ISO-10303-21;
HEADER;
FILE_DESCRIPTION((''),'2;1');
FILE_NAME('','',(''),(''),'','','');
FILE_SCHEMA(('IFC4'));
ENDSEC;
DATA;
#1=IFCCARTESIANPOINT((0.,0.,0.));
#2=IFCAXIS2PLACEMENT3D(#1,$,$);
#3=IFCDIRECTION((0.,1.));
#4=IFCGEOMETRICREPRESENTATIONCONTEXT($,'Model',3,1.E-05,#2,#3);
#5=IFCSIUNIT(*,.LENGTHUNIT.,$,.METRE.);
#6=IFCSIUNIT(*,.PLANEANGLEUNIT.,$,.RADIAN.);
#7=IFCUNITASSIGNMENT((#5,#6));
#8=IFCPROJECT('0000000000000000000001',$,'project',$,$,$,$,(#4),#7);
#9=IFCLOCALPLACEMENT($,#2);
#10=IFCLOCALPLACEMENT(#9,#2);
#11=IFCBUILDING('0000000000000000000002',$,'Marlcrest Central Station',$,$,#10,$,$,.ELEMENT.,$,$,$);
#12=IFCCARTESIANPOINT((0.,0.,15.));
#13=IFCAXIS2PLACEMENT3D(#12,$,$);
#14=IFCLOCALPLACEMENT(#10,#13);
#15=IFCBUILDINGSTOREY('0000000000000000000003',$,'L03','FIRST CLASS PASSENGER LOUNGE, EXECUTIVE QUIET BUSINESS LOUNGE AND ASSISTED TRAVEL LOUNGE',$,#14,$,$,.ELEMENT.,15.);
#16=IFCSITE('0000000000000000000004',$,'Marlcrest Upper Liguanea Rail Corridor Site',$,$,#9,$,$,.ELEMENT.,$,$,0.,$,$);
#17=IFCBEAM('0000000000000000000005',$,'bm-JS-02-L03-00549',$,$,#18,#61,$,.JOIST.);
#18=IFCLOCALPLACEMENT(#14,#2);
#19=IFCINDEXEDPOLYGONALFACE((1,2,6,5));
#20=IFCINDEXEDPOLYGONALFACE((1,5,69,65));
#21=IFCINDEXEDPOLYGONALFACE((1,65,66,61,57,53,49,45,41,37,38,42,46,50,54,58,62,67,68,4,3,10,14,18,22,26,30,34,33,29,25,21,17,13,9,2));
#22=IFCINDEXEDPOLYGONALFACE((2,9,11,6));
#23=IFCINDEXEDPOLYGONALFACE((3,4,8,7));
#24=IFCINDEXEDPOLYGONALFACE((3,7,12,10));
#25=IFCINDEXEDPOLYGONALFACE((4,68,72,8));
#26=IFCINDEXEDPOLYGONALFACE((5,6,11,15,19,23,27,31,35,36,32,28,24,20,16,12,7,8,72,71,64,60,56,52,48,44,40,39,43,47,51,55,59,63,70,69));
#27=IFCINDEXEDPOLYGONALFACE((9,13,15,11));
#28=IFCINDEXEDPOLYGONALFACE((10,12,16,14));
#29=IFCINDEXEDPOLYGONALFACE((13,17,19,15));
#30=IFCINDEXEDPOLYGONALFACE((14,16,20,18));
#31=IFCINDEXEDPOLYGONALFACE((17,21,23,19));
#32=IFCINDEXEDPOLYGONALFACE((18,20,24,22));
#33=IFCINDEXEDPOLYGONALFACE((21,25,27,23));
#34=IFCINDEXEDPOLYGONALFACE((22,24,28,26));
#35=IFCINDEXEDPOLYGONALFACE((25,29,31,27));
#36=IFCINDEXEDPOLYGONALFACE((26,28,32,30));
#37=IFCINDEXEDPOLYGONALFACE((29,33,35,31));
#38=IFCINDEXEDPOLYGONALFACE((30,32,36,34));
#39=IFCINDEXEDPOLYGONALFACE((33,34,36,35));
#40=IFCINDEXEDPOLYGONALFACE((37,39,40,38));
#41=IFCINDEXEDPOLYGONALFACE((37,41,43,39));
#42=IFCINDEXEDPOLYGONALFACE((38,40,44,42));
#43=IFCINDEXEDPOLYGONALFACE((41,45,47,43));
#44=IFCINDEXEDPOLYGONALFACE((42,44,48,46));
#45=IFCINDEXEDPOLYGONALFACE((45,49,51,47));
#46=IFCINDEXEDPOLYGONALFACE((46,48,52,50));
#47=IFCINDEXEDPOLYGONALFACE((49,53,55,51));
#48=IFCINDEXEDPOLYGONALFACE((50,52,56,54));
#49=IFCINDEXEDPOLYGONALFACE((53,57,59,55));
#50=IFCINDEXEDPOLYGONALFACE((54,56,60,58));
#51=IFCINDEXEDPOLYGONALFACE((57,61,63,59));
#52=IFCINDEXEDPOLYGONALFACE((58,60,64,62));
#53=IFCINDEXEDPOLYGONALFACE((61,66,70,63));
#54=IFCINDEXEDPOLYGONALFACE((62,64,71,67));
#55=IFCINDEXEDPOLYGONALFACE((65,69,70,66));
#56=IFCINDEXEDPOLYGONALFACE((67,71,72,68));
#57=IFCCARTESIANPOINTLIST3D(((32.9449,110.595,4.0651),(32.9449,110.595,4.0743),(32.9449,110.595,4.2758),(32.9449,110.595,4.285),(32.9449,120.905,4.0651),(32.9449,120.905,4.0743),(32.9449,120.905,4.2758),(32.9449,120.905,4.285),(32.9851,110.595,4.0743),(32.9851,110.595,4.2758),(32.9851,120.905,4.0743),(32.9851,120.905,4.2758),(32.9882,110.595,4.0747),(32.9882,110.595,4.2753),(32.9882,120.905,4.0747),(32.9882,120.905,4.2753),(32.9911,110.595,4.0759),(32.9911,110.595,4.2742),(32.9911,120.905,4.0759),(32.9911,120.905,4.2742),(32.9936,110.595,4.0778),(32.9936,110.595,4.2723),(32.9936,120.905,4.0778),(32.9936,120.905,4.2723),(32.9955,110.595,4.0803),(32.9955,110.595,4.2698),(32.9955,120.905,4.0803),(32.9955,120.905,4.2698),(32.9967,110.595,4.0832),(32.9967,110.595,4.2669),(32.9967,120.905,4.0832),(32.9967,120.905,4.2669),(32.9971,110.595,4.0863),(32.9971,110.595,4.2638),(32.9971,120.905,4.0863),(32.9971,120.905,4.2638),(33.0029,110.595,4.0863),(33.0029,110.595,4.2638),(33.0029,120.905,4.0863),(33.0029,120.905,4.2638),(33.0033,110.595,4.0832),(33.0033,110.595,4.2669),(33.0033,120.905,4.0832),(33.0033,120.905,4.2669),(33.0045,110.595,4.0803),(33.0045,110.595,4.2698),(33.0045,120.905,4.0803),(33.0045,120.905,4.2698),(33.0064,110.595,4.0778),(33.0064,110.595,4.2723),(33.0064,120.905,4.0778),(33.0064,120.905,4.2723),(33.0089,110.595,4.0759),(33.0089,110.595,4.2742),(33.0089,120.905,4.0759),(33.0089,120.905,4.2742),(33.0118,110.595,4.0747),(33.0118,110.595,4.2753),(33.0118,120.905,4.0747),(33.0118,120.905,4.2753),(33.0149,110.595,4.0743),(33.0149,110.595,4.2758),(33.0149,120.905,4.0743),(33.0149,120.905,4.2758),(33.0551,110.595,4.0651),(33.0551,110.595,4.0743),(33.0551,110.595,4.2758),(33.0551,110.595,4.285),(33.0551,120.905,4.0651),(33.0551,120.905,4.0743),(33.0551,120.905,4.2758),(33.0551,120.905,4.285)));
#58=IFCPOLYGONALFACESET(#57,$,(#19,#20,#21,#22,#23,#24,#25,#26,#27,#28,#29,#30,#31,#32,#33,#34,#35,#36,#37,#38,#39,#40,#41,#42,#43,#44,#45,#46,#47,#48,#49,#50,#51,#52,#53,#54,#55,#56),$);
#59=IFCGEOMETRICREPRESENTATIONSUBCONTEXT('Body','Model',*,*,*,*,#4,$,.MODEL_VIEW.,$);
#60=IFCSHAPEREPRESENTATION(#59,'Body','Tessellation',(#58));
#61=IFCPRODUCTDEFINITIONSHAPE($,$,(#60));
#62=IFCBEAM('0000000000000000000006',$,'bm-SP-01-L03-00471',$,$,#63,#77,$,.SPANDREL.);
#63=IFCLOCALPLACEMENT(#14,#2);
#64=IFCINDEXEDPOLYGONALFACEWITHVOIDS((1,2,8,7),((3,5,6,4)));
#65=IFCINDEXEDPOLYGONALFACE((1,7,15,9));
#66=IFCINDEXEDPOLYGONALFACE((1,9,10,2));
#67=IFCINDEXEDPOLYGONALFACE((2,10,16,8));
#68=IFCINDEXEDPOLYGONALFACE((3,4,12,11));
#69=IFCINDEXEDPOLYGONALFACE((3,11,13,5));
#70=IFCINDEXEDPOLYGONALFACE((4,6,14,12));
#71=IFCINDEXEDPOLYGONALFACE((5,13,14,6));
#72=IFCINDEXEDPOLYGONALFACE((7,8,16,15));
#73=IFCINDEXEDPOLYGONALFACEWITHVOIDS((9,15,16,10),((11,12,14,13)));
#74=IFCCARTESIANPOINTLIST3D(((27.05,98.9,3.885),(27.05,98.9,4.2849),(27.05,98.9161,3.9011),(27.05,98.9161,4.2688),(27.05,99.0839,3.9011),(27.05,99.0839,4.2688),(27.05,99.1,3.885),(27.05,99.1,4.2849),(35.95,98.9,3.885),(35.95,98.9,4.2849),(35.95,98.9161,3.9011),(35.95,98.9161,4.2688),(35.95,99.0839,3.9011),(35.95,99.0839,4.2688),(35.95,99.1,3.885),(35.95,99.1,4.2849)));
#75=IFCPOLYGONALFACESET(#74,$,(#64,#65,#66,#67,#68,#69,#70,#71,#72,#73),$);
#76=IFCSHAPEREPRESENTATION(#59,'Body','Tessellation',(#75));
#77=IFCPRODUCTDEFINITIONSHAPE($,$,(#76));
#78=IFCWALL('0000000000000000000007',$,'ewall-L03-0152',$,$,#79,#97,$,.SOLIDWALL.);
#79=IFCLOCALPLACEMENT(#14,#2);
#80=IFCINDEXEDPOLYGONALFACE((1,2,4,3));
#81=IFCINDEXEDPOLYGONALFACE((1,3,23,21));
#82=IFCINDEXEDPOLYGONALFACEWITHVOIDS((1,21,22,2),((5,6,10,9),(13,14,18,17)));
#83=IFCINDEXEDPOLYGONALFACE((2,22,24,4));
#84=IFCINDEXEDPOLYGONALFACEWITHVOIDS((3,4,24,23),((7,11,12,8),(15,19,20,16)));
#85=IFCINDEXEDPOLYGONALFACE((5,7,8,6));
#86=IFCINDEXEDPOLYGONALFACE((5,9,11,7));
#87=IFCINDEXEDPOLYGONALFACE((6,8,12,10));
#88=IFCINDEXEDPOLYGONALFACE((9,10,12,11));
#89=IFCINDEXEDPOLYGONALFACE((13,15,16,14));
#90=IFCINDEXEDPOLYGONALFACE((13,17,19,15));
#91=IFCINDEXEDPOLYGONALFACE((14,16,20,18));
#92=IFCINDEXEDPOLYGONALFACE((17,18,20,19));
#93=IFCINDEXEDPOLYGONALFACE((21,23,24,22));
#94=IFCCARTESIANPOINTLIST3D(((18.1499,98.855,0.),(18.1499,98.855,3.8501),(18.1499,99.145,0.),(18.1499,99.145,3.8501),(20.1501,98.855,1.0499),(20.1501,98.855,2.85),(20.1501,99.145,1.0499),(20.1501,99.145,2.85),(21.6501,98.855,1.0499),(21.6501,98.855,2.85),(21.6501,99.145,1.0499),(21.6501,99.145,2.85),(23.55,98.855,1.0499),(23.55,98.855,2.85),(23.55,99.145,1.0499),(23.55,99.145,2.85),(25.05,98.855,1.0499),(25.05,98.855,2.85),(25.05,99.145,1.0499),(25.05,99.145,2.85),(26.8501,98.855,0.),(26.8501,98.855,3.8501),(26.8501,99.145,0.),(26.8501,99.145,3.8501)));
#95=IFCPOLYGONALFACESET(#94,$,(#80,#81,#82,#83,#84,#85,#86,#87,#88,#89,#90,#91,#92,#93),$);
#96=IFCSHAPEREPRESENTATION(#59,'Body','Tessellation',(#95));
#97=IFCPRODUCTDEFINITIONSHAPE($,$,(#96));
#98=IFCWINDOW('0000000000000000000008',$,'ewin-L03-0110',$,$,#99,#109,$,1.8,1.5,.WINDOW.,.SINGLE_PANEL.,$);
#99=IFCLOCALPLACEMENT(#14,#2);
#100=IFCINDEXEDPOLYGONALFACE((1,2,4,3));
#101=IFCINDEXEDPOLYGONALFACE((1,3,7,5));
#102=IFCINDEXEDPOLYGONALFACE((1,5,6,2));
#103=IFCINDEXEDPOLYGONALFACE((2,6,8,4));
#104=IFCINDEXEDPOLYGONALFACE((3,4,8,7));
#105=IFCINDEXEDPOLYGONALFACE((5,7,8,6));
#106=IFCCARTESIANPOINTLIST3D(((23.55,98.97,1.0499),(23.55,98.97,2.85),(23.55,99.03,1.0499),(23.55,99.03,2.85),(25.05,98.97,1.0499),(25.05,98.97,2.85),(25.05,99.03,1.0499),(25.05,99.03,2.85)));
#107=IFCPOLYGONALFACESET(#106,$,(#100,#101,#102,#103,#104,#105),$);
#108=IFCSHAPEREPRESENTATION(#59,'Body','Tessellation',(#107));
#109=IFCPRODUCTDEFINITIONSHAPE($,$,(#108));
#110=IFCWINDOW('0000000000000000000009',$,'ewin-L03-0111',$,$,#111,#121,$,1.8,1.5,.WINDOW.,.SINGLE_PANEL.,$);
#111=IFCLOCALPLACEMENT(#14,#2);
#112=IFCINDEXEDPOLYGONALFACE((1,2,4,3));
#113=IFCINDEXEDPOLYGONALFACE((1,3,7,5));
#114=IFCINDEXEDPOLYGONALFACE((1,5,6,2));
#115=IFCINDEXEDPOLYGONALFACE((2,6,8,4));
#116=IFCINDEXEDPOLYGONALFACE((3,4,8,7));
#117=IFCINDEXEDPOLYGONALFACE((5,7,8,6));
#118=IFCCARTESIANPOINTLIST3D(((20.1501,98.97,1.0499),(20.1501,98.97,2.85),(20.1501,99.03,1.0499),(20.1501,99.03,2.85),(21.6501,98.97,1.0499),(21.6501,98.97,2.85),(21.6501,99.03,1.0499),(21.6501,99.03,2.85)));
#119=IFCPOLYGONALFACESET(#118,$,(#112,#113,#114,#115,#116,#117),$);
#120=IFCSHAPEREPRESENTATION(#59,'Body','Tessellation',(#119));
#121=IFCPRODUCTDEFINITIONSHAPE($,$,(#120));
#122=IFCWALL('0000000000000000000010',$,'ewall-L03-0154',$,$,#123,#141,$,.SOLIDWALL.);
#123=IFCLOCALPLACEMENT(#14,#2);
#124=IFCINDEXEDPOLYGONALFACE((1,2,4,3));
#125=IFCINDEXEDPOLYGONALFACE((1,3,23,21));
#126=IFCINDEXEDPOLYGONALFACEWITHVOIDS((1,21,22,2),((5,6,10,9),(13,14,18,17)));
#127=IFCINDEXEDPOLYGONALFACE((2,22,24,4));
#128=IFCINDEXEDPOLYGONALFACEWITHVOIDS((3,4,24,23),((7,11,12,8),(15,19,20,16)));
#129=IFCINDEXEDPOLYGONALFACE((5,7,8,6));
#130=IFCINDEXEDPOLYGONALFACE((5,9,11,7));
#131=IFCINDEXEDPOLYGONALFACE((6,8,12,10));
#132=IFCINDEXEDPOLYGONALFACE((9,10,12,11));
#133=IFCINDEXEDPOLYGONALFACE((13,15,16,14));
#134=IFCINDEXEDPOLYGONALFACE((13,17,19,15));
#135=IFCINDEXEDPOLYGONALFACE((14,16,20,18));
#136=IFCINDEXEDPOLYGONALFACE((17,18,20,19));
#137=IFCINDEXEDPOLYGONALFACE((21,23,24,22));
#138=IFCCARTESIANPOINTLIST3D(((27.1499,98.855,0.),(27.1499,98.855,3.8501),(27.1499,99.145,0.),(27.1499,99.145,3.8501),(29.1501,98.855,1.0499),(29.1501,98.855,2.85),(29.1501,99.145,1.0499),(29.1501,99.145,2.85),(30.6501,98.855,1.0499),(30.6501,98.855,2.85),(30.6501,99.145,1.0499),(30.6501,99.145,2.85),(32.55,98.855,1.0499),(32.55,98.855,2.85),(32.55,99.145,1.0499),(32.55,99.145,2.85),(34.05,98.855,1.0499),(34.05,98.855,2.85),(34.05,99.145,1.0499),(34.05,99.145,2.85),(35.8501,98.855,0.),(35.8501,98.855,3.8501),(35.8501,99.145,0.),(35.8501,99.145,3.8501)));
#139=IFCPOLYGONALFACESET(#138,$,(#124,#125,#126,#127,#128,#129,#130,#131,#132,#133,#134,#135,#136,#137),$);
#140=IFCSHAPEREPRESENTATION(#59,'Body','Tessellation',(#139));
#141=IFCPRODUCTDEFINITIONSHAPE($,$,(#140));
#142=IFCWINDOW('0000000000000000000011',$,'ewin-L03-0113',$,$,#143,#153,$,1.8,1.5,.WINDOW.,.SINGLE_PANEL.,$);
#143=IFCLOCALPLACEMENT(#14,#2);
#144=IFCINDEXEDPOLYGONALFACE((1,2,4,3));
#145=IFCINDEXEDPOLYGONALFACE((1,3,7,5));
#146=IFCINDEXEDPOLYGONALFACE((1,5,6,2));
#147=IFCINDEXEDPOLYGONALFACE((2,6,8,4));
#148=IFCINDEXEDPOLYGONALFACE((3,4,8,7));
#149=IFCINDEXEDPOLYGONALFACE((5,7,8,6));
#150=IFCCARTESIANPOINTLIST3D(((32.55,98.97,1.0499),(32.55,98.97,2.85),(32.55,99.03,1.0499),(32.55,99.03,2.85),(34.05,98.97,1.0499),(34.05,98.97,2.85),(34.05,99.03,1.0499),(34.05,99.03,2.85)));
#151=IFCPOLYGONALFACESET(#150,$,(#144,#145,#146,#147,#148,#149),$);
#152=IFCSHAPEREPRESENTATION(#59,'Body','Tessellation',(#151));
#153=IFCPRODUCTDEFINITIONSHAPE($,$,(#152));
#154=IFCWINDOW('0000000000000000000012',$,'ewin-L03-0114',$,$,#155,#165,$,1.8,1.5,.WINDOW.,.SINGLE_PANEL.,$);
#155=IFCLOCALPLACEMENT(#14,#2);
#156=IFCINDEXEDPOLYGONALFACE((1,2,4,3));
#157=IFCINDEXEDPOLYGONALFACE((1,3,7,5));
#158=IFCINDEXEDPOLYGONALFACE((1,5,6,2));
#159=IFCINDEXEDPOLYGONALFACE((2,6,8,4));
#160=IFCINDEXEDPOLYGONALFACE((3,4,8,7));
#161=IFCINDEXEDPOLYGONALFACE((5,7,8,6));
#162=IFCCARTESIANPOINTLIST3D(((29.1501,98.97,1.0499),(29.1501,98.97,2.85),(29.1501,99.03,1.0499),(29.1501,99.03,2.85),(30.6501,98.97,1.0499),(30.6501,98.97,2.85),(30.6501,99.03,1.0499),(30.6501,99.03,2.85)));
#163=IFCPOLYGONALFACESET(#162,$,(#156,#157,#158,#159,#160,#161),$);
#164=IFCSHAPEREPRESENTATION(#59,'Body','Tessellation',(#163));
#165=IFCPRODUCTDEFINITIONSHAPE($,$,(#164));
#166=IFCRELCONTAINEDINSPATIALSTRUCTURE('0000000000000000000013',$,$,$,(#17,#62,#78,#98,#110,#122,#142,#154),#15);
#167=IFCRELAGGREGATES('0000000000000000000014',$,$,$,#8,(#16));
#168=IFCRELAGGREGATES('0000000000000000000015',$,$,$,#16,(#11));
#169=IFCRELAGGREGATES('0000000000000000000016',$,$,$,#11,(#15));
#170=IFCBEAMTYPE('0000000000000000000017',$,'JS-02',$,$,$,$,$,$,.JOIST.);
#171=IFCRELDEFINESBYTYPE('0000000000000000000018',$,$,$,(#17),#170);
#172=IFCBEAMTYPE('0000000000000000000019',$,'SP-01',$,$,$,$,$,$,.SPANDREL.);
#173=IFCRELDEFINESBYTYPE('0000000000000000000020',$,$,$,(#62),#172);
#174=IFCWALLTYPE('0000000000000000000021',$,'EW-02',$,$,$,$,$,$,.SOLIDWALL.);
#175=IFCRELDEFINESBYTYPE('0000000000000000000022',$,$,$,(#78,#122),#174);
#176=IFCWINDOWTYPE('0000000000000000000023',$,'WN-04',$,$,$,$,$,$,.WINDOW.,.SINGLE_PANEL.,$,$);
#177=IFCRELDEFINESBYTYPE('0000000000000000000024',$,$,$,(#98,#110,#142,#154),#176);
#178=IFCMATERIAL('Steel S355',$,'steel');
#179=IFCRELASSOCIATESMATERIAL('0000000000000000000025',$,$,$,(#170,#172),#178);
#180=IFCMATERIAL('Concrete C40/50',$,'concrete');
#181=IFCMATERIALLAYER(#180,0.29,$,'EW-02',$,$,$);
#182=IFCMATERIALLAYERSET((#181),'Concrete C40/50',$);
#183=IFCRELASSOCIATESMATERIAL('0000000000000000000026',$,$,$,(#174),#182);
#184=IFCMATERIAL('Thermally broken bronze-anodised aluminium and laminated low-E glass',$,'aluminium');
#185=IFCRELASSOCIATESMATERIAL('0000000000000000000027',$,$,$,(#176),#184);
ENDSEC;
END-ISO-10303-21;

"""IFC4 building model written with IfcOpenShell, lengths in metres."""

from ifc_helpers import new_model, si_unit, direction, frame, frame_2d, origin, origin_2d, place, context, subcontext, project, spatial, rectangle, hollow_rectangle, i_section, extrude, material, layer, layer_set, material_profile, profile_set, type_object, element, fill, save


model = new_model("IFC4")

# Units and contexts
model_context = context("Model", 3, precision=1e-05, world=origin(), true_north=direction((0.0, 1.0)))
body_context = subcontext(model_context, "Body", "Model", "MODEL_VIEW")
ifc_project = project(units=[si_unit("LENGTHUNIT", "METRE"), si_unit("PLANEANGLEUNIT", "RADIAN")], contexts=[model_context])

# Site, building, storey
site_placement = place(None, origin())
site = spatial("IfcSite", under=ifc_project, at=site_placement, Name="Marlcrest Upper Liguanea Rail Corridor Site", CompositionType="ELEMENT", RefElevation=0.0)
building_placement = place(site_placement, origin())
building = spatial("IfcBuilding", under=site, at=building_placement, Name="Marlcrest Central Station", CompositionType="ELEMENT")
storey_placement = place(building_placement, frame((0.0, 0.0, 15.0)))
storey = spatial("IfcBuildingStorey", under=building, at=storey_placement, Name="L03", Description="FIRST CLASS PASSENGER LOUNGE, EXECUTIVE QUIET BUSINESS LOUNGE AND ASSISTED TRAVEL LOUNGE", CompositionType="ELEMENT", Elevation=15.0)

# Shared definitions
ifc_material_1 = material(Name="Steel S355", Category="steel")

# Beams
ifc_material_profile_1 = material_profile(ifc_material_1, i_section(OverallWidth=0.1101, OverallDepth=0.22, WebThickness=0.0059, FlangeThickness=0.0093, FilletRadius=0.012, at=origin_2d()), Name="IPE 220")
ifc_profile_set_1 = profile_set([ifc_material_profile_1], Name="Steel S355")
beam_type_1 = type_object("IfcBeamType", Name="JS-02", PredefinedType="JOIST", material=ifc_profile_set_1)
beam_1_placement = place(storey_placement, frame((33.0, 110.595, 4.175), z_axis=(0.0, 1.0, 0.0), x_axis=(-1.0, 0.0, 0.0)))
element("IfcBeam", 1, at=beam_1_placement, inside=storey, type_object=beam_type_1, Name="bm-JS-02-L03-00549", PredefinedType="JOIST", context=body_context, shape_type="SweptSolid", body=[
    extrude(i_section(OverallWidth=0.1101, OverallDepth=0.22, WebThickness=0.0059, FlangeThickness=0.0093, FilletRadius=0.012, at=origin_2d()), origin(), (0.0, 0.0, 1.0), 10.3101),
])
ifc_material_profile_2 = material_profile(ifc_material_1, hollow_rectangle(XDim=0.2, YDim=0.3999, WallThickness=0.0161, at=origin_2d()), Name="RHS 400x200x16")
ifc_profile_set_2 = profile_set([ifc_material_profile_2], Name="Steel S355")
beam_type_2 = type_object("IfcBeamType", Name="SP-01", PredefinedType="SPANDREL", material=ifc_profile_set_2)
beam_2_placement = place(storey_placement, frame((27.05, 99.0, 4.085), z_axis=(1.0, 0.0, 0.0), x_axis=(0.0, 1.0, 0.0)))
element("IfcBeam", 2, at=beam_2_placement, inside=storey, type_object=beam_type_2, Name="bm-SP-01-L03-00471", PredefinedType="SPANDREL", context=body_context, shape_type="SweptSolid", body=[
    extrude(hollow_rectangle(XDim=0.2, YDim=0.3999, WallThickness=0.0161, at=origin_2d()), origin(), (0.0, 0.0, 1.0), 8.8999),
])

# Walls, openings, windows
ifc_material_2 = material(Name="Concrete C40/50", Category="concrete")
ifc_layer = layer(ifc_material_2, 0.29, Name="EW-02")
ifc_layer_set = layer_set([ifc_layer], Name="Concrete C40/50")
wall_type = type_object("IfcWallType", Name="EW-02", PredefinedType="SOLIDWALL", material=ifc_layer_set)
wall_1_placement = place(storey_placement, frame((26.8501, 99.0, 0.0), z_axis=(0.0, 0.0, 1.0), x_axis=(-1.0, 0.0, 0.0)))
wall_1 = element("IfcWall", 3, at=wall_1_placement, inside=storey, type_object=wall_type, Name="ewall-L03-0152", PredefinedType="SOLIDWALL", context=body_context, shape_type="SweptSolid", body=[
    extrude(rectangle(XDim=8.7002, YDim=0.29, at=frame_2d((4.3501, 0.0))), origin(), (0.0, 0.0, 1.0), 3.8501),
])
opening_1_placement = place(wall_1_placement, frame((1.8, 0.0, 1.05)))
opening_1 = element("IfcOpeningElement", 4, at=opening_1_placement, cuts=wall_1, PredefinedType="OPENING", context=body_context, shape_type="SweptSolid", body=[
    extrude(rectangle(XDim=1.5, YDim=1.8, at=frame_2d((0.75, 0.8999))), frame((0.0, 0.155, 0.0), z_axis=(0.0, -1.0, 0.0), x_axis=(1.0, 0.0, 0.0)), (0.0, 0.0, 1.0), 0.3101),
])
opening_2_placement = place(wall_1_placement, frame((5.2, 0.0, 1.05)))
opening_2 = element("IfcOpeningElement", 5, at=opening_2_placement, cuts=wall_1, PredefinedType="OPENING", context=body_context, shape_type="SweptSolid", body=[
    extrude(rectangle(XDim=1.5, YDim=1.8, at=frame_2d((0.75, 0.8999))), frame((0.0, 0.155, 0.0), z_axis=(0.0, -1.0, 0.0), x_axis=(1.0, 0.0, 0.0)), (0.0, 0.0, 1.0), 0.3101),
])
ifc_material_3 = material(Name="Thermally broken bronze-anodised aluminium and laminated low-E glass", Category="aluminium")
window_type = type_object("IfcWindowType", Name="WN-04", PartitioningType="SINGLE_PANEL", PredefinedType="WINDOW", material=ifc_material_3)
window_1_placement = place(opening_1_placement, origin())
window_1 = element("IfcWindow", 6, at=window_1_placement, inside=storey, type_object=window_type, Name="ewin-L03-0110", OverallHeight=1.8, OverallWidth=1.5, PartitioningType="SINGLE_PANEL", PredefinedType="WINDOW", context=body_context, shape_type="SweptSolid", body=[
    extrude(rectangle(XDim=1.5, YDim=1.8, at=frame_2d((0.75, 0.8999))), frame((0.0, 0.03, 0.0), z_axis=(0.0, -1.0, 0.0), x_axis=(1.0, 0.0, 0.0)), (0.0, 0.0, 1.0), 0.0601),
])
fill(opening_1, window_1)
window_2_placement = place(opening_2_placement, origin())
window_2 = element("IfcWindow", 7, at=window_2_placement, inside=storey, type_object=window_type, Name="ewin-L03-0111", OverallHeight=1.8, OverallWidth=1.5, PartitioningType="SINGLE_PANEL", PredefinedType="WINDOW", context=body_context, shape_type="SweptSolid", body=[
    extrude(rectangle(XDim=1.5, YDim=1.8, at=frame_2d((0.75, 0.8999))), frame((0.0, 0.03, 0.0), z_axis=(0.0, -1.0, 0.0), x_axis=(1.0, 0.0, 0.0)), (0.0, 0.0, 1.0), 0.0601),
])
fill(opening_2, window_2)
wall_2_placement = place(storey_placement, frame((35.8501, 99.0, 0.0), z_axis=(0.0, 0.0, 1.0), x_axis=(-1.0, 0.0, 0.0)))
wall_2 = element("IfcWall", 8, at=wall_2_placement, inside=storey, type_object=wall_type, Name="ewall-L03-0154", PredefinedType="SOLIDWALL", context=body_context, shape_type="SweptSolid", body=[
    extrude(rectangle(XDim=8.7002, YDim=0.29, at=frame_2d((4.3501, 0.0))), origin(), (0.0, 0.0, 1.0), 3.8501),
])
opening_3_placement = place(wall_2_placement, frame((1.8, 0.0, 1.05)))
opening_3 = element("IfcOpeningElement", 9, at=opening_3_placement, cuts=wall_2, PredefinedType="OPENING", context=body_context, shape_type="SweptSolid", body=[
    extrude(rectangle(XDim=1.5, YDim=1.8, at=frame_2d((0.75, 0.8999))), frame((0.0, 0.155, 0.0), z_axis=(0.0, -1.0, 0.0), x_axis=(1.0, 0.0, 0.0)), (0.0, 0.0, 1.0), 0.3101),
])
opening_4_placement = place(wall_2_placement, frame((5.2, 0.0, 1.05)))
opening_4 = element("IfcOpeningElement", 10, at=opening_4_placement, cuts=wall_2, PredefinedType="OPENING", context=body_context, shape_type="SweptSolid", body=[
    extrude(rectangle(XDim=1.5, YDim=1.8, at=frame_2d((0.75, 0.8999))), frame((0.0, 0.155, 0.0), z_axis=(0.0, -1.0, 0.0), x_axis=(1.0, 0.0, 0.0)), (0.0, 0.0, 1.0), 0.3101),
])
window_3_placement = place(opening_3_placement, origin())
window_3 = element("IfcWindow", 11, at=window_3_placement, inside=storey, type_object=window_type, Name="ewin-L03-0113", OverallHeight=1.8, OverallWidth=1.5, PartitioningType="SINGLE_PANEL", PredefinedType="WINDOW", context=body_context, shape_type="SweptSolid", body=[
    extrude(rectangle(XDim=1.5, YDim=1.8, at=frame_2d((0.75, 0.8999))), frame((0.0, 0.03, 0.0), z_axis=(0.0, -1.0, 0.0), x_axis=(1.0, 0.0, 0.0)), (0.0, 0.0, 1.0), 0.0601),
])
fill(opening_3, window_3)
window_4_placement = place(opening_4_placement, origin())
window_4 = element("IfcWindow", 12, at=window_4_placement, inside=storey, type_object=window_type, Name="ewin-L03-0114", OverallHeight=1.8, OverallWidth=1.5, PartitioningType="SINGLE_PANEL", PredefinedType="WINDOW", context=body_context, shape_type="SweptSolid", body=[
    extrude(rectangle(XDim=1.5, YDim=1.8, at=frame_2d((0.75, 0.8999))), frame((0.0, 0.03, 0.0), z_axis=(0.0, -1.0, 0.0), x_axis=(1.0, 0.0, 0.0)), (0.0, 0.0, 1.0), 0.0601),
])
fill(opening_4, window_4)

save(model, "model.ifc")
